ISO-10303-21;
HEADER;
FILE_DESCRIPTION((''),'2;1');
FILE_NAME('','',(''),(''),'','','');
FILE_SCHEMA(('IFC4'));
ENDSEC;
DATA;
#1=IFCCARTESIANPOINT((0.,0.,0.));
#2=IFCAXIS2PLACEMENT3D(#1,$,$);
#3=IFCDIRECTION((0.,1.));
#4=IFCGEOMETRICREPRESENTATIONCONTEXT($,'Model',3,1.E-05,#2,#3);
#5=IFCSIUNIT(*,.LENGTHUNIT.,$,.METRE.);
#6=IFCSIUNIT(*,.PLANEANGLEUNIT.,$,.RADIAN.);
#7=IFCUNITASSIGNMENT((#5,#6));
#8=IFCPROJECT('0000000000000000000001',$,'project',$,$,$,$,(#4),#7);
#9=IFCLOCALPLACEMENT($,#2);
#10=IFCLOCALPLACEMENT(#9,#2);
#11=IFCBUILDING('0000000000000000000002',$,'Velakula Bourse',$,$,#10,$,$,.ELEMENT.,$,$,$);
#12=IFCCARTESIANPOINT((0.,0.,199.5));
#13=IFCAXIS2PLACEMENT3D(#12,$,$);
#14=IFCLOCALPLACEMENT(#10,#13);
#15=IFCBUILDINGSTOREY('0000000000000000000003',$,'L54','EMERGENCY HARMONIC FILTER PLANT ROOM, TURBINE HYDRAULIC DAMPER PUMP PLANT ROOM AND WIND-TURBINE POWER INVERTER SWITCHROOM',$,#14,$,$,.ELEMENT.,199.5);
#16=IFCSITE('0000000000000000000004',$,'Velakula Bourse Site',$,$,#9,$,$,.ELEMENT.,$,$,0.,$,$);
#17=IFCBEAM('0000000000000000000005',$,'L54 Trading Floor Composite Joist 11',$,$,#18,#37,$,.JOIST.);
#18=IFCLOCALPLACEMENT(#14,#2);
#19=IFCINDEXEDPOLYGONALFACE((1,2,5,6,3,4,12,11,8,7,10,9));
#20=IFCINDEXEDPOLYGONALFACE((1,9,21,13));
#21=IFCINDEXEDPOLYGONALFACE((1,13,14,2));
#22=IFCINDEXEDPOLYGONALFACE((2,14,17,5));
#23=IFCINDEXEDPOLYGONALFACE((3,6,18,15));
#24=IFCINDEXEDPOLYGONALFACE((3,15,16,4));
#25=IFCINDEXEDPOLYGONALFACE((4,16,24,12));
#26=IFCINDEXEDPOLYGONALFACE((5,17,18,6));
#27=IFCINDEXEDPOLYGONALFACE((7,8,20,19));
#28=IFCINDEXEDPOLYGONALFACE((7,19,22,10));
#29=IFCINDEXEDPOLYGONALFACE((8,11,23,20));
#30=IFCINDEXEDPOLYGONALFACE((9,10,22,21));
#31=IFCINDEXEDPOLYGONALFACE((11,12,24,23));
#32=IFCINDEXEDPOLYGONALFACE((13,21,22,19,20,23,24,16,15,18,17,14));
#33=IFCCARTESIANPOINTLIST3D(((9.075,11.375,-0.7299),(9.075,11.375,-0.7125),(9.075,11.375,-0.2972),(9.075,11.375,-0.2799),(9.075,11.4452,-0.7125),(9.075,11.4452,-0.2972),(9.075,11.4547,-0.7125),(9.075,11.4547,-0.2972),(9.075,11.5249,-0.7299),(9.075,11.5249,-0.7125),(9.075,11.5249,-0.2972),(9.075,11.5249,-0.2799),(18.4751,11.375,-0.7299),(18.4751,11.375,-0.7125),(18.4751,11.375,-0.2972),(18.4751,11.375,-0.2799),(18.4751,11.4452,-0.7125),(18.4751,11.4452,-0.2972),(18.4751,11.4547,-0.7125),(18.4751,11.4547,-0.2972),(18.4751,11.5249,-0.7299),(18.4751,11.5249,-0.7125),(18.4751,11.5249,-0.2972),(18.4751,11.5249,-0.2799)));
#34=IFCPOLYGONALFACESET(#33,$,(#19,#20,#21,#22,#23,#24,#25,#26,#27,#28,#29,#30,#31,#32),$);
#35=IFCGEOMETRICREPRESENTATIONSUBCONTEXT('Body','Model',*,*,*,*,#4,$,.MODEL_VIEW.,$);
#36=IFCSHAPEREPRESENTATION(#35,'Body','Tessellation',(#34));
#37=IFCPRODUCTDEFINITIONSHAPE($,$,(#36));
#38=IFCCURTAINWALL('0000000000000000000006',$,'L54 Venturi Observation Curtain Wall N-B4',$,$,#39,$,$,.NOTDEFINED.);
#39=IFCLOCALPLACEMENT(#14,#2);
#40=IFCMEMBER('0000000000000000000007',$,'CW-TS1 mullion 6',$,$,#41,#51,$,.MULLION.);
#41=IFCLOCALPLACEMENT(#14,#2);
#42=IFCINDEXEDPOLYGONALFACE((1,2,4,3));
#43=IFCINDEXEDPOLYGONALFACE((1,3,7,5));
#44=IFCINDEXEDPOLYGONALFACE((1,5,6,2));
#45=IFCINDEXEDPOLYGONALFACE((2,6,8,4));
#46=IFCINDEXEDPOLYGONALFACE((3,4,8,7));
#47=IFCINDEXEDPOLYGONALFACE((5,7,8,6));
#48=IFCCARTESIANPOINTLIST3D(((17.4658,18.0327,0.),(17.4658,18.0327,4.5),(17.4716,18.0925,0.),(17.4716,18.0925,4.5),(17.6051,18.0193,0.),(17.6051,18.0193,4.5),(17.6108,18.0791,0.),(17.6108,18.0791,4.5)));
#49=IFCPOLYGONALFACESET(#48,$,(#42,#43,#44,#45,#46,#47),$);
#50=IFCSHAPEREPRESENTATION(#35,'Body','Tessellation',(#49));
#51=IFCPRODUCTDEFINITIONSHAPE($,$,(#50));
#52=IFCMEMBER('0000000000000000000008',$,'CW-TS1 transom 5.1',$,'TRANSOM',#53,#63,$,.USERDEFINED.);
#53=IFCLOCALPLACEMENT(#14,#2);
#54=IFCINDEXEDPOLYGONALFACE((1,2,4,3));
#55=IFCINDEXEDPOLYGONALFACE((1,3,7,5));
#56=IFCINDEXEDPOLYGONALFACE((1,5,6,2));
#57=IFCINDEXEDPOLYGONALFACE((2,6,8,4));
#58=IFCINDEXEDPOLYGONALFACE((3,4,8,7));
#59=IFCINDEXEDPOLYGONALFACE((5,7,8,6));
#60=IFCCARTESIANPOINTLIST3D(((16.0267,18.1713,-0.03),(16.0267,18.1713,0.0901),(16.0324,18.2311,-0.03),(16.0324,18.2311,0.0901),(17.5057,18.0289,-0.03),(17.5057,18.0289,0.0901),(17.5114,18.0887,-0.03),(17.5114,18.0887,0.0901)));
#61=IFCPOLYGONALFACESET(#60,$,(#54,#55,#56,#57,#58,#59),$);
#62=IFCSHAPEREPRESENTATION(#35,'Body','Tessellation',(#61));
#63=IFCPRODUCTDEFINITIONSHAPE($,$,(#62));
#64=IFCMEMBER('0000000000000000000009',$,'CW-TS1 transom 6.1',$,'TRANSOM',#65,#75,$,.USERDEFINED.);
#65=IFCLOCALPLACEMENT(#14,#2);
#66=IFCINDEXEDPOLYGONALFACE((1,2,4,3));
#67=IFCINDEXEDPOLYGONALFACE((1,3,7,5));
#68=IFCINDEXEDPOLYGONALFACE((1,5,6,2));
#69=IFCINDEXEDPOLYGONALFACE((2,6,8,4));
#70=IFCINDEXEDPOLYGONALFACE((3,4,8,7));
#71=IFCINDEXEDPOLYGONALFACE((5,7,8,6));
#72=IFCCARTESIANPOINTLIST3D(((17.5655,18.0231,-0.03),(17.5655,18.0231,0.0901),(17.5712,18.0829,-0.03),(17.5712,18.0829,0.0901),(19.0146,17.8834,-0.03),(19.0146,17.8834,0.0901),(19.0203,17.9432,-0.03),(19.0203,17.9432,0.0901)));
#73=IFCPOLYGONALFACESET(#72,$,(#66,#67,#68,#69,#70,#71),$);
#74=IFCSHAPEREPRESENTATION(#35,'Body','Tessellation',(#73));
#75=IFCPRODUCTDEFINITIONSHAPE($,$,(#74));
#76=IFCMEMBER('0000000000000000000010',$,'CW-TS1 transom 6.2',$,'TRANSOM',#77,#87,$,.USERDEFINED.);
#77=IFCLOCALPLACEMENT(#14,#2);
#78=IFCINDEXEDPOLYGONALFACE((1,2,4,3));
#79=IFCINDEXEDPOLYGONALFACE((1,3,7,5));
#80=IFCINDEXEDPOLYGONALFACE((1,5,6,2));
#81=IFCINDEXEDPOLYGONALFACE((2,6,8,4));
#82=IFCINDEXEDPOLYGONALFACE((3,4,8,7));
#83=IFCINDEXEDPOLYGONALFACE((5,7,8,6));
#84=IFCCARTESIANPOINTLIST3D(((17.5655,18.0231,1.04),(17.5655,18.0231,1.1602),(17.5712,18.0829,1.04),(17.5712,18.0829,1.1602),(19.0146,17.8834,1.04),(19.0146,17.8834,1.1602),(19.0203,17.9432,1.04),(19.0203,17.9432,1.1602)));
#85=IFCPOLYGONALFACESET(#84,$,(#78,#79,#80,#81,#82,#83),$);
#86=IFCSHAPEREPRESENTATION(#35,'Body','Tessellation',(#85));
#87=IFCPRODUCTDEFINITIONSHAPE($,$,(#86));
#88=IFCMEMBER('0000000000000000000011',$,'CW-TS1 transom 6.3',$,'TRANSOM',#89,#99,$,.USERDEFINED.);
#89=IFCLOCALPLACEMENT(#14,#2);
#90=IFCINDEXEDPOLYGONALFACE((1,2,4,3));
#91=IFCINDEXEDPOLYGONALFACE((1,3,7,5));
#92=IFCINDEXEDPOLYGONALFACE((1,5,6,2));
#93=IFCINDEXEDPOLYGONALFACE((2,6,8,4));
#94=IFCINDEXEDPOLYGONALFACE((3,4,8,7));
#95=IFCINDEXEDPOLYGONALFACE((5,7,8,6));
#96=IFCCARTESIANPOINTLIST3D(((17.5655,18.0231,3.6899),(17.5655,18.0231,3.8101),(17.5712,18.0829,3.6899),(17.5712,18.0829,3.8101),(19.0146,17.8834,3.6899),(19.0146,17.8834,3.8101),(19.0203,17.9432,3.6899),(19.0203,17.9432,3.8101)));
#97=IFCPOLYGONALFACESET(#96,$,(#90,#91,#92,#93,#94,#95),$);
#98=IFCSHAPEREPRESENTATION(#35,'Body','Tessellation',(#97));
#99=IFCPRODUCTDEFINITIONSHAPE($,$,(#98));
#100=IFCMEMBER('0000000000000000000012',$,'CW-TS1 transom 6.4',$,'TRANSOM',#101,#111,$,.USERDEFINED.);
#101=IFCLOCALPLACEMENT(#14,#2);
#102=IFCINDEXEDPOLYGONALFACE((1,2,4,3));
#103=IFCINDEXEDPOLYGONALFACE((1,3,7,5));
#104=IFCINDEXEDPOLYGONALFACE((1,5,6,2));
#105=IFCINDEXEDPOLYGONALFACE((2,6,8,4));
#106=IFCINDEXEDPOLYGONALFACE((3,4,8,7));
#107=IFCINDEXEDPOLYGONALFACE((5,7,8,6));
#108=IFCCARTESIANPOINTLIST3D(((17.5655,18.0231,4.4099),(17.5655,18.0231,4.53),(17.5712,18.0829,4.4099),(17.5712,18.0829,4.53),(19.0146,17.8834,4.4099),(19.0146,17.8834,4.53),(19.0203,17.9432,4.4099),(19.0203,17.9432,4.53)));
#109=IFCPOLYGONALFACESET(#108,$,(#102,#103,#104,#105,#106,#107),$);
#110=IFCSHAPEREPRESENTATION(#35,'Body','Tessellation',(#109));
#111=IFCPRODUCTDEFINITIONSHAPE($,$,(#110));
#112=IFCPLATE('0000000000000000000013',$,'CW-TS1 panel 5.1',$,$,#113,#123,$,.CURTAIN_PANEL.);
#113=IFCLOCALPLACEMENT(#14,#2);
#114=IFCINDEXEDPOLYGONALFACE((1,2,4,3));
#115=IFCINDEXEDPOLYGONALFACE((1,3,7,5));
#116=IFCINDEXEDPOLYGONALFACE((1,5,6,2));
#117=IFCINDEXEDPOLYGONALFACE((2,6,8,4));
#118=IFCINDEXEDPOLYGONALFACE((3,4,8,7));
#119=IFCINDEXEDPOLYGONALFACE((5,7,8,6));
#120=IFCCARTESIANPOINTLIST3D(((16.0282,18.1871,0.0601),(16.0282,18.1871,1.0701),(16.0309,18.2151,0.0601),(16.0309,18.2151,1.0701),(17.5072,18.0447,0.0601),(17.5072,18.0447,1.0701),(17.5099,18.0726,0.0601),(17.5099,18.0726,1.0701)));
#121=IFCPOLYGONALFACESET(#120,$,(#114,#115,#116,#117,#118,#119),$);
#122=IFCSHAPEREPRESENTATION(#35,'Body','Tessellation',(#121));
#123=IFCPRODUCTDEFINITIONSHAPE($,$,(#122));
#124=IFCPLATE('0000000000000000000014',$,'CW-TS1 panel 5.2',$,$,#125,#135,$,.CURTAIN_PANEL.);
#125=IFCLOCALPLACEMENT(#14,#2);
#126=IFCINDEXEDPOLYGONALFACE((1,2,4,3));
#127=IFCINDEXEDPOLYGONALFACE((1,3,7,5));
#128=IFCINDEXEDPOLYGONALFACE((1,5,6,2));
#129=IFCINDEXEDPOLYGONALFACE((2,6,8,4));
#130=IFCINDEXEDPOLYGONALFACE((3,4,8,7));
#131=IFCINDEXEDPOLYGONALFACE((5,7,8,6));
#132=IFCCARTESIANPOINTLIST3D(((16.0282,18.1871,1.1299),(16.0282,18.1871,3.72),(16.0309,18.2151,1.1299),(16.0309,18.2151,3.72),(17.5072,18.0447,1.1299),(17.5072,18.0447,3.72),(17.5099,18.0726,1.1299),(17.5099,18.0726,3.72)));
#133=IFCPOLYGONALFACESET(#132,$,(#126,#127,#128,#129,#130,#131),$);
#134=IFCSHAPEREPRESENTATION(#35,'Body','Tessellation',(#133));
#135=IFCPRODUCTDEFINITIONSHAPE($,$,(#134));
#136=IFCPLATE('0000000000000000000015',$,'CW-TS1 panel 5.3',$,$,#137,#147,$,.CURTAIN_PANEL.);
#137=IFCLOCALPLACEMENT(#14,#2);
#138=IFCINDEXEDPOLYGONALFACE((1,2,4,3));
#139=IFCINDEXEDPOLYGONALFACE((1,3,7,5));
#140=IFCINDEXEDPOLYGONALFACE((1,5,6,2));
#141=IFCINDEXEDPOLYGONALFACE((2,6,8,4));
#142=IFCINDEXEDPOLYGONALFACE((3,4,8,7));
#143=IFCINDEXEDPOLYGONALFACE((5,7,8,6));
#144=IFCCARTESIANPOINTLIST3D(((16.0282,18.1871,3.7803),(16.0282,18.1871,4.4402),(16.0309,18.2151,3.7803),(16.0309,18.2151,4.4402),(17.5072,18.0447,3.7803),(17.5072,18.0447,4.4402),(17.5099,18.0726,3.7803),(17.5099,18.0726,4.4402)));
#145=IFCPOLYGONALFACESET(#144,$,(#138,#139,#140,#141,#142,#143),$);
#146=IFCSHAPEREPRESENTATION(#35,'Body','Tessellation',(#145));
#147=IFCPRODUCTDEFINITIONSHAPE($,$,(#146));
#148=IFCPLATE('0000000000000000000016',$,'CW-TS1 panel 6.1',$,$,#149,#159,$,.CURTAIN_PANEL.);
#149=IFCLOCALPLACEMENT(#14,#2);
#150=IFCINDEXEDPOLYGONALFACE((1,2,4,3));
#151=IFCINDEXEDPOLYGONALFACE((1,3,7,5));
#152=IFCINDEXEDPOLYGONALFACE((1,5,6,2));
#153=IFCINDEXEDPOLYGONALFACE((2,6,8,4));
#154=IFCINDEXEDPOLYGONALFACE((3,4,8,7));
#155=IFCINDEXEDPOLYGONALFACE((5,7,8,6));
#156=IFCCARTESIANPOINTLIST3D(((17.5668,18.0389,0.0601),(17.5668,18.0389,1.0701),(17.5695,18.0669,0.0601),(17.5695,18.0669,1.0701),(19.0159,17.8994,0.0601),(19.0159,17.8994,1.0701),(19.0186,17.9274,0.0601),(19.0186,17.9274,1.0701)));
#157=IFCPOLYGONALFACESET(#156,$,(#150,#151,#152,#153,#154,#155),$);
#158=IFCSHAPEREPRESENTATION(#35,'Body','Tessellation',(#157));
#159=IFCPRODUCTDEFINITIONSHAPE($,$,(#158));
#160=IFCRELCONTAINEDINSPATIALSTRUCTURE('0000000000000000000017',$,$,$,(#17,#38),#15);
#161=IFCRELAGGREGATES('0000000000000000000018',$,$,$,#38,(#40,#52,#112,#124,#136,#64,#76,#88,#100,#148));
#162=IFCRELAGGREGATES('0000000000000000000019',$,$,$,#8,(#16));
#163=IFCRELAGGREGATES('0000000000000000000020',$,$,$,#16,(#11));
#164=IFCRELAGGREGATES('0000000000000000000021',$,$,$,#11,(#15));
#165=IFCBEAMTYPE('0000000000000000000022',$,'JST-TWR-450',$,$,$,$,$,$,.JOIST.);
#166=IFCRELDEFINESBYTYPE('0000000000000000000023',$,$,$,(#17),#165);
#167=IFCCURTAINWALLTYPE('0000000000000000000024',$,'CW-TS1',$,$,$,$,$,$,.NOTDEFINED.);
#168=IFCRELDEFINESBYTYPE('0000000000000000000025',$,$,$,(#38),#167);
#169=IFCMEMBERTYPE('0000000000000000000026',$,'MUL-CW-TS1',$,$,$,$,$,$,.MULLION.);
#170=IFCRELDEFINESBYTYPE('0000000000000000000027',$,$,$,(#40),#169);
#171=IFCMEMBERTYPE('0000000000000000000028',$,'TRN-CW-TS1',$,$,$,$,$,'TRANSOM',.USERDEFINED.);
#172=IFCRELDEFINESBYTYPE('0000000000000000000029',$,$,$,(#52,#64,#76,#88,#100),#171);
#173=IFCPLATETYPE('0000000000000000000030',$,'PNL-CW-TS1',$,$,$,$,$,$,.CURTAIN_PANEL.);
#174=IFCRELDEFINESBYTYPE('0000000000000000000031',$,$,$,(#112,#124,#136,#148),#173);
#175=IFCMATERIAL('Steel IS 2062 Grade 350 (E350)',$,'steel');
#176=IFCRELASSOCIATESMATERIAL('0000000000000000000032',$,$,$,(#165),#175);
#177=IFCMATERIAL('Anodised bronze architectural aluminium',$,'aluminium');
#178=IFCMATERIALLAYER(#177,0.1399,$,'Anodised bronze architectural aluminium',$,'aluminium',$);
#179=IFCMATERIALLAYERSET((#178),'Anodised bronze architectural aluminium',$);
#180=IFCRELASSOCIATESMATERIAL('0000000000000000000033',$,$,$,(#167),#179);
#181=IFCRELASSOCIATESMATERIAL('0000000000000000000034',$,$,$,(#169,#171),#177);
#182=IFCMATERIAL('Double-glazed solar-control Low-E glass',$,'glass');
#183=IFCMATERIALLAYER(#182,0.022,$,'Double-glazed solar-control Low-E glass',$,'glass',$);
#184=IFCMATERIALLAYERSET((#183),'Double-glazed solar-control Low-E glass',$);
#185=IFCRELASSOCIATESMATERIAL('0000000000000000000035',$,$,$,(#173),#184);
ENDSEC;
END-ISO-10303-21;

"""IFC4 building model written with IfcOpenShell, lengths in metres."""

from ifc_helpers import new_model, si_unit, direction, frame, origin, origin_2d, place, context, subcontext, project, spatial, rectangle, i_section, extrude, material, layer, layer_set, material_profile, profile_set, type_object, element, aggregate, save


model = new_model("IFC4")

# Units and contexts
model_context = context("Model", 3, precision=1e-05, world=origin(), true_north=direction((0.0, 1.0)))
body_context = subcontext(model_context, "Body", "Model", "MODEL_VIEW")
ifc_project = project(units=[si_unit("LENGTHUNIT", "METRE"), si_unit("PLANEANGLEUNIT", "RADIAN")], contexts=[model_context])

# Site, building, storey
site_placement = place(None, origin())
site = spatial("IfcSite", under=ifc_project, at=site_placement, Name="Velakula Bourse Site", CompositionType="ELEMENT", RefElevation=0.0)
building_placement = place(site_placement, origin())
building = spatial("IfcBuilding", under=site, at=building_placement, Name="Velakula Bourse", CompositionType="ELEMENT")
storey_placement = place(building_placement, frame((0.0, 0.0, 199.5)))
storey = spatial("IfcBuildingStorey", under=building, at=storey_placement, Name="L54", Description="EMERGENCY HARMONIC FILTER PLANT ROOM, TURBINE HYDRAULIC DAMPER PUMP PLANT ROOM AND WIND-TURBINE POWER INVERTER SWITCHROOM", CompositionType="ELEMENT", Elevation=199.5)

# Beam
ifc_material_1 = material(Name="Steel IS 2062 Grade 350 (E350)", Category="steel")
ifc_material_profile_1 = material_profile(ifc_material_1, i_section(OverallWidth=0.1499, OverallDepth=0.45, WebThickness=0.0095, FlangeThickness=0.0173, at=origin_2d()), Name="Steel IS 2062 Grade 350 (E350)")
ifc_profile_set_1 = profile_set([ifc_material_profile_1], Name="Steel IS 2062 Grade 350 (E350)")
beam_type = type_object("IfcBeamType", Name="JST-TWR-450", PredefinedType="JOIST", material=ifc_profile_set_1)
beam_placement = place(storey_placement, frame((9.075, 11.45, -0.5049), z_axis=(1.0, 0.0, 0.0), x_axis=(0.0, 1.0, 0.0)))
element("IfcBeam", 1, at=beam_placement, inside=storey, type_object=beam_type, Name="L54 Trading Floor Composite Joist 11", PredefinedType="JOIST", context=body_context, shape_type="SweptSolid", body=[
    extrude(i_section(OverallWidth=0.1499, OverallDepth=0.45, WebThickness=0.0095, FlangeThickness=0.0173, at=origin_2d()), origin(), (0.0, 0.0, 1.0), 9.4001),
])

# Curtain wall, members, plates
ifc_material_2 = material(Name="Anodised bronze architectural aluminium", Category="aluminium")
ifc_layer_1 = layer(ifc_material_2, 0.1399, Name="Anodised bronze architectural aluminium", Category="aluminium")
ifc_layer_set_1 = layer_set([ifc_layer_1], Name="Anodised bronze architectural aluminium")
curtain_wall_type = type_object("IfcCurtainWallType", Name="CW-TS1", PredefinedType="NOTDEFINED", material=ifc_layer_set_1)
curtain_wall_placement = place(storey_placement, origin())
curtain_wall = element("IfcCurtainWall", 2, at=curtain_wall_placement, inside=storey, type_object=curtain_wall_type, Name="L54 Venturi Observation Curtain Wall N-B4", PredefinedType="NOTDEFINED")
ifc_material_profile_2 = material_profile(ifc_material_2, rectangle(XDim=0.0601, YDim=0.1399, at=origin_2d()), Name="Anodised bronze architectural aluminium")
ifc_profile_set_2 = profile_set([ifc_material_profile_2], Name="Anodised bronze architectural aluminium")
member_type_1 = type_object("IfcMemberType", Name="MUL-CW-TS1", PredefinedType="MULLION", material=ifc_profile_set_2)
member_1_placement = place(storey_placement, frame((17.5383, 18.0559, 0.0), z_axis=(0.0, 0.0, 1.0), x_axis=(0.095849, 0.995396, 0.0)))
member_1 = element("IfcMember", 3, at=member_1_placement, type_object=member_type_1, Name="CW-TS1 mullion 6", PredefinedType="MULLION", context=body_context, shape_type="SweptSolid", body=[
    extrude(rectangle(XDim=0.0601, YDim=0.1399, at=origin_2d()), origin(), (0.0, 0.0, 1.0), 4.5),
])
ifc_material_profile_3 = material_profile(ifc_material_2, rectangle(XDim=0.0601, YDim=0.1201, at=origin_2d()), Name="Anodised bronze architectural aluminium")
ifc_profile_set_3 = profile_set([ifc_material_profile_3], Name="Anodised bronze architectural aluminium")
member_type_2 = type_object("IfcMemberType", Name="TRN-CW-TS1", ElementType="TRANSOM", PredefinedType="USERDEFINED", material=ifc_profile_set_3)
member_2_placement = place(storey_placement, frame((16.0295, 18.2012, 0.03), z_axis=(0.995401, -0.095794, 0.0), x_axis=(0.095794, 0.995401, 0.0)))
member_2 = element("IfcMember", 4, at=member_2_placement, type_object=member_type_2, Name="CW-TS1 transom 5.1", ObjectType="TRANSOM", PredefinedType="USERDEFINED", context=body_context, shape_type="SweptSolid", body=[
    extrude(rectangle(XDim=0.0601, YDim=0.1201, at=origin_2d()), origin(), (0.0, 0.0, 1.0), 1.4858),
])
member_3_placement = place(storey_placement, frame((17.5684, 18.053, 0.03), z_axis=(0.995388, -0.095933, 0.0), x_axis=(0.095933, 0.995388, 0.0)))
member_3 = element("IfcMember", 5, at=member_3_placement, type_object=member_type_2, Name="CW-TS1 transom 6.1", ObjectType="TRANSOM", PredefinedType="USERDEFINED", context=body_context, shape_type="SweptSolid", body=[
    extrude(rectangle(XDim=0.0601, YDim=0.1201, at=origin_2d()), origin(), (0.0, 0.0, 1.0), 1.4558),
])
member_4_placement = place(storey_placement, frame((17.5684, 18.053, 1.1001), z_axis=(0.995388, -0.095933, 0.0), x_axis=(0.095933, 0.995388, 0.0)))
member_4 = element("IfcMember", 6, at=member_4_placement, type_object=member_type_2, Name="CW-TS1 transom 6.2", ObjectType="TRANSOM", PredefinedType="USERDEFINED", context=body_context, shape_type="SweptSolid", body=[
    extrude(rectangle(XDim=0.0601, YDim=0.1201, at=origin_2d()), origin(), (0.0, 0.0, 1.0), 1.4558),
])
member_5_placement = place(storey_placement, frame((17.5684, 18.053, 3.75), z_axis=(0.995388, -0.095933, 0.0), x_axis=(0.095933, 0.995388, 0.0)))
member_5 = element("IfcMember", 7, at=member_5_placement, type_object=member_type_2, Name="CW-TS1 transom 6.3", ObjectType="TRANSOM", PredefinedType="USERDEFINED", context=body_context, shape_type="SweptSolid", body=[
    extrude(rectangle(XDim=0.0601, YDim=0.1201, at=origin_2d()), origin(), (0.0, 0.0, 1.0), 1.4558),
])
member_6_placement = place(storey_placement, frame((17.5684, 18.053, 4.47), z_axis=(0.995388, -0.095933, 0.0), x_axis=(0.095933, 0.995388, 0.0)))
member_6 = element("IfcMember", 8, at=member_6_placement, type_object=member_type_2, Name="CW-TS1 transom 6.4", ObjectType="TRANSOM", PredefinedType="USERDEFINED", context=body_context, shape_type="SweptSolid", body=[
    extrude(rectangle(XDim=0.0601, YDim=0.1201, at=origin_2d()), origin(), (0.0, 0.0, 1.0), 1.4558),
])
ifc_material_3 = material(Name="Double-glazed solar-control Low-E glass", Category="glass")
ifc_layer_2 = layer(ifc_material_3, 0.022, Name="Double-glazed solar-control Low-E glass", Category="glass")
ifc_layer_set_2 = layer_set([ifc_layer_2], Name="Double-glazed solar-control Low-E glass")
plate_type = type_object("IfcPlateType", Name="PNL-CW-TS1", PredefinedType="CURTAIN_PANEL", material=ifc_layer_set_2)
plate_1_placement = place(storey_placement, frame((16.769, 18.1299, 0.0601), z_axis=(0.0, 0.0, 1.0), x_axis=(0.995396, -0.095849, 0.0)))
plate_1 = element("IfcPlate", 9, at=plate_1_placement, type_object=plate_type, Name="CW-TS1 panel 5.1", PredefinedType="CURTAIN_PANEL", context=body_context, shape_type="SweptSolid", body=[
    extrude(rectangle(XDim=1.4858, YDim=0.0281, at=origin_2d()), origin(), (0.0, 0.0, 1.0), 1.01),
])
plate_2_placement = place(storey_placement, frame((16.769, 18.1299, 1.1299), z_axis=(0.0, 0.0, 1.0), x_axis=(0.995396, -0.095849, 0.0)))
plate_2 = element("IfcPlate", 10, at=plate_2_placement, type_object=plate_type, Name="CW-TS1 panel 5.2", PredefinedType="CURTAIN_PANEL", context=body_context, shape_type="SweptSolid", body=[
    extrude(rectangle(XDim=1.4858, YDim=0.0281, at=origin_2d()), origin(), (0.0, 0.0, 1.0), 2.5901),
])
plate_3_placement = place(storey_placement, frame((16.769, 18.1299, 3.7803), z_axis=(0.0, 0.0, 1.0), x_axis=(0.995396, -0.095849, 0.0)))
plate_3 = element("IfcPlate", 11, at=plate_3_placement, type_object=plate_type, Name="CW-TS1 panel 5.3", PredefinedType="CURTAIN_PANEL", context=body_context, shape_type="SweptSolid", body=[
    extrude(rectangle(XDim=1.4858, YDim=0.0281, at=origin_2d()), origin(), (0.0, 0.0, 1.0), 0.6599),
])
plate_4_placement = place(storey_placement, frame((18.2927, 17.9832, 0.0601), z_axis=(0.0, 0.0, 1.0), x_axis=(0.995396, -0.095849, 0.0)))
plate_4 = element("IfcPlate", 12, at=plate_4_placement, type_object=plate_type, Name="CW-TS1 panel 6.1", PredefinedType="CURTAIN_PANEL", context=body_context, shape_type="SweptSolid", body=[
    extrude(rectangle(XDim=1.4558, YDim=0.0281, at=origin_2d()), origin(), (0.0, 0.0, 1.0), 1.01),
])
aggregate(curtain_wall, [member_1, member_2, plate_1, plate_2, plate_3, member_3, member_4, member_5, member_6, plate_4])

save(model, "model.ifc")
